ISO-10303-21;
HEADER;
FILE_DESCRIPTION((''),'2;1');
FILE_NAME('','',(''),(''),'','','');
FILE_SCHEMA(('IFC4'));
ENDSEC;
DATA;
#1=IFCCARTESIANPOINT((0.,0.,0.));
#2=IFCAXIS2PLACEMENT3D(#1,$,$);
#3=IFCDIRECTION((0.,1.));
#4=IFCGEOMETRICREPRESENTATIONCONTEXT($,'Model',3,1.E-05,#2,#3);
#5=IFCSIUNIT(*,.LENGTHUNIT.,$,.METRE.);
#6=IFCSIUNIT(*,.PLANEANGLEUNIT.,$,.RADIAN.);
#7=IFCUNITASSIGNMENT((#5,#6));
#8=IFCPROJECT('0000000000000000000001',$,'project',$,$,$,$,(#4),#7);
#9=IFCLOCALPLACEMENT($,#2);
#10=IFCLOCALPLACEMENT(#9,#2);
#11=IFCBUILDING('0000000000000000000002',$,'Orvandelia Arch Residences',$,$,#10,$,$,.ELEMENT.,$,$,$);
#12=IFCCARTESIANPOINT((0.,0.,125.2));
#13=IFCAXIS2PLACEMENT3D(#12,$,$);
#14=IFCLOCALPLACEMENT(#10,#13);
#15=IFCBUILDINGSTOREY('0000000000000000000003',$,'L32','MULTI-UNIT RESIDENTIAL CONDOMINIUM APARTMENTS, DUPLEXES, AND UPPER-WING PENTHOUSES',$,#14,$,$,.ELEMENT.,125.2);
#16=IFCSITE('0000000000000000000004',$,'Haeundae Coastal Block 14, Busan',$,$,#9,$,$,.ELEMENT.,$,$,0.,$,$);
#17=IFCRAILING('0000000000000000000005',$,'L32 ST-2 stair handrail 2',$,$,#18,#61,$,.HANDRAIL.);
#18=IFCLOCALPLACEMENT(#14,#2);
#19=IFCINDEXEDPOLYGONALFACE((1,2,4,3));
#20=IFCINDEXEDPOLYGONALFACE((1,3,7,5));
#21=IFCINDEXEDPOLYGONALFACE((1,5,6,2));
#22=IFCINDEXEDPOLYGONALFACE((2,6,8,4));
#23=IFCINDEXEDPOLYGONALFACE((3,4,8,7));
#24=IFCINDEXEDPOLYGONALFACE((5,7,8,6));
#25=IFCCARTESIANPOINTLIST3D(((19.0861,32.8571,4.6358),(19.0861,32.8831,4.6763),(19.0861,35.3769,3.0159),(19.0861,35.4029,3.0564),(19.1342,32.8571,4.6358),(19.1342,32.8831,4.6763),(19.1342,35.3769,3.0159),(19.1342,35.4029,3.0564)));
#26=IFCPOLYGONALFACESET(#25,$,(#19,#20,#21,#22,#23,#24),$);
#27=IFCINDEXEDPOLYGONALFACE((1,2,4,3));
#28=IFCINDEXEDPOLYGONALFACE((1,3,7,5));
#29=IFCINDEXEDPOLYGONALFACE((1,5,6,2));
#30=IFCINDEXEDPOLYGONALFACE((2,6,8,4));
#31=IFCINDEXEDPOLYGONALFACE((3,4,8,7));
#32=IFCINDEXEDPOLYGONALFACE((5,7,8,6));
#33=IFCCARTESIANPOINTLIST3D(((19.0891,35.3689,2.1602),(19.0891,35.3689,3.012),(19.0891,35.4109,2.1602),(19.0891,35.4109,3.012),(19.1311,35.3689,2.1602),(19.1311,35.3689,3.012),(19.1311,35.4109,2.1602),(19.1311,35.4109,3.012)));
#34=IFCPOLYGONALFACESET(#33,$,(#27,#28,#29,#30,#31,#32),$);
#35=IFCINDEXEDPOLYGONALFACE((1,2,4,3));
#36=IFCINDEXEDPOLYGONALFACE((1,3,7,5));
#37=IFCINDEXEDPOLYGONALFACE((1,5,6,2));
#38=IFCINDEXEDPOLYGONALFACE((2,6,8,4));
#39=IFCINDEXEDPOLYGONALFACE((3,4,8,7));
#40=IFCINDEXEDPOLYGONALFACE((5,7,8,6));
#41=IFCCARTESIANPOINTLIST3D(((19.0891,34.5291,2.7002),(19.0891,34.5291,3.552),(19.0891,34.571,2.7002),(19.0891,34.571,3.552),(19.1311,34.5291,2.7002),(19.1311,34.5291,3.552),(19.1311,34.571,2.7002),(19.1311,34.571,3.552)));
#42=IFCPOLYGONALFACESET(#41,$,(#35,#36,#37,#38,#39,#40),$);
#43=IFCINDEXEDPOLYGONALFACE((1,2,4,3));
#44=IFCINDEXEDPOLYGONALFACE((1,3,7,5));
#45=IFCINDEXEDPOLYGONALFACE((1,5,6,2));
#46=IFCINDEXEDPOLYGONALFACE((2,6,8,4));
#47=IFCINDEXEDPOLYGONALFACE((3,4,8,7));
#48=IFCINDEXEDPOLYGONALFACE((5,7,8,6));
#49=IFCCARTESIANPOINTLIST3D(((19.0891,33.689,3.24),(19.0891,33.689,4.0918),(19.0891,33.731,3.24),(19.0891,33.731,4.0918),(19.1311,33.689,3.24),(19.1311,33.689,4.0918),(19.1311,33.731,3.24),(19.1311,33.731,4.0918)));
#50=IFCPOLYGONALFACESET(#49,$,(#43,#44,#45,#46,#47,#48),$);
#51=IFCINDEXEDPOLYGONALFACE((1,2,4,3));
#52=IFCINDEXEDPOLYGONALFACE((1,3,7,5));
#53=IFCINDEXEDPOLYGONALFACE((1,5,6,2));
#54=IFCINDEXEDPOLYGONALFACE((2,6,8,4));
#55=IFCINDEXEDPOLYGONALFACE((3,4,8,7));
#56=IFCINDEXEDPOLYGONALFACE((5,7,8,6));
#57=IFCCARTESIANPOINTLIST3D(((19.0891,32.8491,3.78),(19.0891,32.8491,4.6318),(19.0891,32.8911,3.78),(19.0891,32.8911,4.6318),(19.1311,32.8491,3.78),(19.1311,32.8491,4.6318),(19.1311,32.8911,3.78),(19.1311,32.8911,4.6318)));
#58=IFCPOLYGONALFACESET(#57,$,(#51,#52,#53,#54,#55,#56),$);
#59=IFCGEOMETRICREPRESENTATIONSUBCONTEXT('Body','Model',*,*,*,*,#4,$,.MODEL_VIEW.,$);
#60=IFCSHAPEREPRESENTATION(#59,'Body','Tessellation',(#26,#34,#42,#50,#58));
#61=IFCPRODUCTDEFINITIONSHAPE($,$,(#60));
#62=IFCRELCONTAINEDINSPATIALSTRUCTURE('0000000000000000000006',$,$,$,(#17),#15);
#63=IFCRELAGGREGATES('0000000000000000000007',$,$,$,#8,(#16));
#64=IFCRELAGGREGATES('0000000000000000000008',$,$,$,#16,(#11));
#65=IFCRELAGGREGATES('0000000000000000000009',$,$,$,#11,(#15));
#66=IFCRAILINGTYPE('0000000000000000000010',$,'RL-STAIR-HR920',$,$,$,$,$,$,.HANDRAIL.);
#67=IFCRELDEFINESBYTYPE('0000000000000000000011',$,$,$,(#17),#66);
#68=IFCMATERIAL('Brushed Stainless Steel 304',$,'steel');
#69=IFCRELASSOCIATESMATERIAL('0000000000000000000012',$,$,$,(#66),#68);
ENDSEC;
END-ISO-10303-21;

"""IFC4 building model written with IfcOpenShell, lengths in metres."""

from ifc_helpers import new_model, si_unit, direction, frame, origin, origin_2d, place, context, subcontext, project, spatial, rectangle, extrude, material, type_object, element, save


model = new_model("IFC4")

# Units and contexts
model_context = context("Model", 3, precision=1e-05, world=origin(), true_north=direction((0.0, 1.0)))
body_context = subcontext(model_context, "Body", "Model", "MODEL_VIEW")
ifc_project = project(units=[si_unit("LENGTHUNIT", "METRE"), si_unit("PLANEANGLEUNIT", "RADIAN")], contexts=[model_context])

# Site, building, storey
site_placement = place(None, origin())
site = spatial("IfcSite", under=ifc_project, at=site_placement, Name="Haeundae Coastal Block 14, Busan", CompositionType="ELEMENT", RefElevation=0.0)
building_placement = place(site_placement, origin())
building = spatial("IfcBuilding", under=site, at=building_placement, Name="Orvandelia Arch Residences", CompositionType="ELEMENT")
storey_placement = place(building_placement, frame((0.0, 0.0, 125.2)))
storey = spatial("IfcBuildingStorey", under=building, at=storey_placement, Name="L32", Description="MULTI-UNIT RESIDENTIAL CONDOMINIUM APARTMENTS, DUPLEXES, AND UPPER-WING PENTHOUSES", CompositionType="ELEMENT", Elevation=125.2)

# Railing
ifc_material_1 = material(Name="Brushed Stainless Steel 304", Category="steel")
railing_type_1 = type_object("IfcRailingType", Name="RL-STAIR-HR920", PredefinedType="HANDRAIL", material=ifc_material_1)
railing_1_placement = place(storey_placement, frame((19.1101, 35.3899, 2.1602)))
element("IfcRailing", 1, at=railing_1_placement, inside=storey, type_object=railing_type_1, Name="L32 ST-2 stair handrail 2", PredefinedType="HANDRAIL", context=body_context, shape_type="SweptSolid", body=[
    extrude(rectangle(XDim=0.0481, YDim=0.0481, at=origin_2d()), frame((0.0, 0.0, 0.876), z_axis=(0.0, -0.841176, 0.540762), x_axis=(1.0, 0.0, 0.0)), (0.0, 0.0, 1.0), 2.9956),
    extrude(rectangle(XDim=0.042, YDim=0.042, at=origin_2d()), origin(), (0.0, 0.0, 1.0), 0.8518),
    extrude(rectangle(XDim=0.042, YDim=0.042, at=origin_2d()), frame((0.0, -0.8398, 0.54)), (0.0, 0.0, 1.0), 0.8518),
    extrude(rectangle(XDim=0.042, YDim=0.042, at=origin_2d()), frame((0.0, -1.6799, 1.0798)), (0.0, 0.0, 1.0), 0.8518),
    extrude(rectangle(XDim=0.042, YDim=0.042, at=origin_2d()), frame((0.0, -2.5198, 1.6199)), (0.0, 0.0, 1.0), 0.8518),
])

save(model, "model.ifc")
